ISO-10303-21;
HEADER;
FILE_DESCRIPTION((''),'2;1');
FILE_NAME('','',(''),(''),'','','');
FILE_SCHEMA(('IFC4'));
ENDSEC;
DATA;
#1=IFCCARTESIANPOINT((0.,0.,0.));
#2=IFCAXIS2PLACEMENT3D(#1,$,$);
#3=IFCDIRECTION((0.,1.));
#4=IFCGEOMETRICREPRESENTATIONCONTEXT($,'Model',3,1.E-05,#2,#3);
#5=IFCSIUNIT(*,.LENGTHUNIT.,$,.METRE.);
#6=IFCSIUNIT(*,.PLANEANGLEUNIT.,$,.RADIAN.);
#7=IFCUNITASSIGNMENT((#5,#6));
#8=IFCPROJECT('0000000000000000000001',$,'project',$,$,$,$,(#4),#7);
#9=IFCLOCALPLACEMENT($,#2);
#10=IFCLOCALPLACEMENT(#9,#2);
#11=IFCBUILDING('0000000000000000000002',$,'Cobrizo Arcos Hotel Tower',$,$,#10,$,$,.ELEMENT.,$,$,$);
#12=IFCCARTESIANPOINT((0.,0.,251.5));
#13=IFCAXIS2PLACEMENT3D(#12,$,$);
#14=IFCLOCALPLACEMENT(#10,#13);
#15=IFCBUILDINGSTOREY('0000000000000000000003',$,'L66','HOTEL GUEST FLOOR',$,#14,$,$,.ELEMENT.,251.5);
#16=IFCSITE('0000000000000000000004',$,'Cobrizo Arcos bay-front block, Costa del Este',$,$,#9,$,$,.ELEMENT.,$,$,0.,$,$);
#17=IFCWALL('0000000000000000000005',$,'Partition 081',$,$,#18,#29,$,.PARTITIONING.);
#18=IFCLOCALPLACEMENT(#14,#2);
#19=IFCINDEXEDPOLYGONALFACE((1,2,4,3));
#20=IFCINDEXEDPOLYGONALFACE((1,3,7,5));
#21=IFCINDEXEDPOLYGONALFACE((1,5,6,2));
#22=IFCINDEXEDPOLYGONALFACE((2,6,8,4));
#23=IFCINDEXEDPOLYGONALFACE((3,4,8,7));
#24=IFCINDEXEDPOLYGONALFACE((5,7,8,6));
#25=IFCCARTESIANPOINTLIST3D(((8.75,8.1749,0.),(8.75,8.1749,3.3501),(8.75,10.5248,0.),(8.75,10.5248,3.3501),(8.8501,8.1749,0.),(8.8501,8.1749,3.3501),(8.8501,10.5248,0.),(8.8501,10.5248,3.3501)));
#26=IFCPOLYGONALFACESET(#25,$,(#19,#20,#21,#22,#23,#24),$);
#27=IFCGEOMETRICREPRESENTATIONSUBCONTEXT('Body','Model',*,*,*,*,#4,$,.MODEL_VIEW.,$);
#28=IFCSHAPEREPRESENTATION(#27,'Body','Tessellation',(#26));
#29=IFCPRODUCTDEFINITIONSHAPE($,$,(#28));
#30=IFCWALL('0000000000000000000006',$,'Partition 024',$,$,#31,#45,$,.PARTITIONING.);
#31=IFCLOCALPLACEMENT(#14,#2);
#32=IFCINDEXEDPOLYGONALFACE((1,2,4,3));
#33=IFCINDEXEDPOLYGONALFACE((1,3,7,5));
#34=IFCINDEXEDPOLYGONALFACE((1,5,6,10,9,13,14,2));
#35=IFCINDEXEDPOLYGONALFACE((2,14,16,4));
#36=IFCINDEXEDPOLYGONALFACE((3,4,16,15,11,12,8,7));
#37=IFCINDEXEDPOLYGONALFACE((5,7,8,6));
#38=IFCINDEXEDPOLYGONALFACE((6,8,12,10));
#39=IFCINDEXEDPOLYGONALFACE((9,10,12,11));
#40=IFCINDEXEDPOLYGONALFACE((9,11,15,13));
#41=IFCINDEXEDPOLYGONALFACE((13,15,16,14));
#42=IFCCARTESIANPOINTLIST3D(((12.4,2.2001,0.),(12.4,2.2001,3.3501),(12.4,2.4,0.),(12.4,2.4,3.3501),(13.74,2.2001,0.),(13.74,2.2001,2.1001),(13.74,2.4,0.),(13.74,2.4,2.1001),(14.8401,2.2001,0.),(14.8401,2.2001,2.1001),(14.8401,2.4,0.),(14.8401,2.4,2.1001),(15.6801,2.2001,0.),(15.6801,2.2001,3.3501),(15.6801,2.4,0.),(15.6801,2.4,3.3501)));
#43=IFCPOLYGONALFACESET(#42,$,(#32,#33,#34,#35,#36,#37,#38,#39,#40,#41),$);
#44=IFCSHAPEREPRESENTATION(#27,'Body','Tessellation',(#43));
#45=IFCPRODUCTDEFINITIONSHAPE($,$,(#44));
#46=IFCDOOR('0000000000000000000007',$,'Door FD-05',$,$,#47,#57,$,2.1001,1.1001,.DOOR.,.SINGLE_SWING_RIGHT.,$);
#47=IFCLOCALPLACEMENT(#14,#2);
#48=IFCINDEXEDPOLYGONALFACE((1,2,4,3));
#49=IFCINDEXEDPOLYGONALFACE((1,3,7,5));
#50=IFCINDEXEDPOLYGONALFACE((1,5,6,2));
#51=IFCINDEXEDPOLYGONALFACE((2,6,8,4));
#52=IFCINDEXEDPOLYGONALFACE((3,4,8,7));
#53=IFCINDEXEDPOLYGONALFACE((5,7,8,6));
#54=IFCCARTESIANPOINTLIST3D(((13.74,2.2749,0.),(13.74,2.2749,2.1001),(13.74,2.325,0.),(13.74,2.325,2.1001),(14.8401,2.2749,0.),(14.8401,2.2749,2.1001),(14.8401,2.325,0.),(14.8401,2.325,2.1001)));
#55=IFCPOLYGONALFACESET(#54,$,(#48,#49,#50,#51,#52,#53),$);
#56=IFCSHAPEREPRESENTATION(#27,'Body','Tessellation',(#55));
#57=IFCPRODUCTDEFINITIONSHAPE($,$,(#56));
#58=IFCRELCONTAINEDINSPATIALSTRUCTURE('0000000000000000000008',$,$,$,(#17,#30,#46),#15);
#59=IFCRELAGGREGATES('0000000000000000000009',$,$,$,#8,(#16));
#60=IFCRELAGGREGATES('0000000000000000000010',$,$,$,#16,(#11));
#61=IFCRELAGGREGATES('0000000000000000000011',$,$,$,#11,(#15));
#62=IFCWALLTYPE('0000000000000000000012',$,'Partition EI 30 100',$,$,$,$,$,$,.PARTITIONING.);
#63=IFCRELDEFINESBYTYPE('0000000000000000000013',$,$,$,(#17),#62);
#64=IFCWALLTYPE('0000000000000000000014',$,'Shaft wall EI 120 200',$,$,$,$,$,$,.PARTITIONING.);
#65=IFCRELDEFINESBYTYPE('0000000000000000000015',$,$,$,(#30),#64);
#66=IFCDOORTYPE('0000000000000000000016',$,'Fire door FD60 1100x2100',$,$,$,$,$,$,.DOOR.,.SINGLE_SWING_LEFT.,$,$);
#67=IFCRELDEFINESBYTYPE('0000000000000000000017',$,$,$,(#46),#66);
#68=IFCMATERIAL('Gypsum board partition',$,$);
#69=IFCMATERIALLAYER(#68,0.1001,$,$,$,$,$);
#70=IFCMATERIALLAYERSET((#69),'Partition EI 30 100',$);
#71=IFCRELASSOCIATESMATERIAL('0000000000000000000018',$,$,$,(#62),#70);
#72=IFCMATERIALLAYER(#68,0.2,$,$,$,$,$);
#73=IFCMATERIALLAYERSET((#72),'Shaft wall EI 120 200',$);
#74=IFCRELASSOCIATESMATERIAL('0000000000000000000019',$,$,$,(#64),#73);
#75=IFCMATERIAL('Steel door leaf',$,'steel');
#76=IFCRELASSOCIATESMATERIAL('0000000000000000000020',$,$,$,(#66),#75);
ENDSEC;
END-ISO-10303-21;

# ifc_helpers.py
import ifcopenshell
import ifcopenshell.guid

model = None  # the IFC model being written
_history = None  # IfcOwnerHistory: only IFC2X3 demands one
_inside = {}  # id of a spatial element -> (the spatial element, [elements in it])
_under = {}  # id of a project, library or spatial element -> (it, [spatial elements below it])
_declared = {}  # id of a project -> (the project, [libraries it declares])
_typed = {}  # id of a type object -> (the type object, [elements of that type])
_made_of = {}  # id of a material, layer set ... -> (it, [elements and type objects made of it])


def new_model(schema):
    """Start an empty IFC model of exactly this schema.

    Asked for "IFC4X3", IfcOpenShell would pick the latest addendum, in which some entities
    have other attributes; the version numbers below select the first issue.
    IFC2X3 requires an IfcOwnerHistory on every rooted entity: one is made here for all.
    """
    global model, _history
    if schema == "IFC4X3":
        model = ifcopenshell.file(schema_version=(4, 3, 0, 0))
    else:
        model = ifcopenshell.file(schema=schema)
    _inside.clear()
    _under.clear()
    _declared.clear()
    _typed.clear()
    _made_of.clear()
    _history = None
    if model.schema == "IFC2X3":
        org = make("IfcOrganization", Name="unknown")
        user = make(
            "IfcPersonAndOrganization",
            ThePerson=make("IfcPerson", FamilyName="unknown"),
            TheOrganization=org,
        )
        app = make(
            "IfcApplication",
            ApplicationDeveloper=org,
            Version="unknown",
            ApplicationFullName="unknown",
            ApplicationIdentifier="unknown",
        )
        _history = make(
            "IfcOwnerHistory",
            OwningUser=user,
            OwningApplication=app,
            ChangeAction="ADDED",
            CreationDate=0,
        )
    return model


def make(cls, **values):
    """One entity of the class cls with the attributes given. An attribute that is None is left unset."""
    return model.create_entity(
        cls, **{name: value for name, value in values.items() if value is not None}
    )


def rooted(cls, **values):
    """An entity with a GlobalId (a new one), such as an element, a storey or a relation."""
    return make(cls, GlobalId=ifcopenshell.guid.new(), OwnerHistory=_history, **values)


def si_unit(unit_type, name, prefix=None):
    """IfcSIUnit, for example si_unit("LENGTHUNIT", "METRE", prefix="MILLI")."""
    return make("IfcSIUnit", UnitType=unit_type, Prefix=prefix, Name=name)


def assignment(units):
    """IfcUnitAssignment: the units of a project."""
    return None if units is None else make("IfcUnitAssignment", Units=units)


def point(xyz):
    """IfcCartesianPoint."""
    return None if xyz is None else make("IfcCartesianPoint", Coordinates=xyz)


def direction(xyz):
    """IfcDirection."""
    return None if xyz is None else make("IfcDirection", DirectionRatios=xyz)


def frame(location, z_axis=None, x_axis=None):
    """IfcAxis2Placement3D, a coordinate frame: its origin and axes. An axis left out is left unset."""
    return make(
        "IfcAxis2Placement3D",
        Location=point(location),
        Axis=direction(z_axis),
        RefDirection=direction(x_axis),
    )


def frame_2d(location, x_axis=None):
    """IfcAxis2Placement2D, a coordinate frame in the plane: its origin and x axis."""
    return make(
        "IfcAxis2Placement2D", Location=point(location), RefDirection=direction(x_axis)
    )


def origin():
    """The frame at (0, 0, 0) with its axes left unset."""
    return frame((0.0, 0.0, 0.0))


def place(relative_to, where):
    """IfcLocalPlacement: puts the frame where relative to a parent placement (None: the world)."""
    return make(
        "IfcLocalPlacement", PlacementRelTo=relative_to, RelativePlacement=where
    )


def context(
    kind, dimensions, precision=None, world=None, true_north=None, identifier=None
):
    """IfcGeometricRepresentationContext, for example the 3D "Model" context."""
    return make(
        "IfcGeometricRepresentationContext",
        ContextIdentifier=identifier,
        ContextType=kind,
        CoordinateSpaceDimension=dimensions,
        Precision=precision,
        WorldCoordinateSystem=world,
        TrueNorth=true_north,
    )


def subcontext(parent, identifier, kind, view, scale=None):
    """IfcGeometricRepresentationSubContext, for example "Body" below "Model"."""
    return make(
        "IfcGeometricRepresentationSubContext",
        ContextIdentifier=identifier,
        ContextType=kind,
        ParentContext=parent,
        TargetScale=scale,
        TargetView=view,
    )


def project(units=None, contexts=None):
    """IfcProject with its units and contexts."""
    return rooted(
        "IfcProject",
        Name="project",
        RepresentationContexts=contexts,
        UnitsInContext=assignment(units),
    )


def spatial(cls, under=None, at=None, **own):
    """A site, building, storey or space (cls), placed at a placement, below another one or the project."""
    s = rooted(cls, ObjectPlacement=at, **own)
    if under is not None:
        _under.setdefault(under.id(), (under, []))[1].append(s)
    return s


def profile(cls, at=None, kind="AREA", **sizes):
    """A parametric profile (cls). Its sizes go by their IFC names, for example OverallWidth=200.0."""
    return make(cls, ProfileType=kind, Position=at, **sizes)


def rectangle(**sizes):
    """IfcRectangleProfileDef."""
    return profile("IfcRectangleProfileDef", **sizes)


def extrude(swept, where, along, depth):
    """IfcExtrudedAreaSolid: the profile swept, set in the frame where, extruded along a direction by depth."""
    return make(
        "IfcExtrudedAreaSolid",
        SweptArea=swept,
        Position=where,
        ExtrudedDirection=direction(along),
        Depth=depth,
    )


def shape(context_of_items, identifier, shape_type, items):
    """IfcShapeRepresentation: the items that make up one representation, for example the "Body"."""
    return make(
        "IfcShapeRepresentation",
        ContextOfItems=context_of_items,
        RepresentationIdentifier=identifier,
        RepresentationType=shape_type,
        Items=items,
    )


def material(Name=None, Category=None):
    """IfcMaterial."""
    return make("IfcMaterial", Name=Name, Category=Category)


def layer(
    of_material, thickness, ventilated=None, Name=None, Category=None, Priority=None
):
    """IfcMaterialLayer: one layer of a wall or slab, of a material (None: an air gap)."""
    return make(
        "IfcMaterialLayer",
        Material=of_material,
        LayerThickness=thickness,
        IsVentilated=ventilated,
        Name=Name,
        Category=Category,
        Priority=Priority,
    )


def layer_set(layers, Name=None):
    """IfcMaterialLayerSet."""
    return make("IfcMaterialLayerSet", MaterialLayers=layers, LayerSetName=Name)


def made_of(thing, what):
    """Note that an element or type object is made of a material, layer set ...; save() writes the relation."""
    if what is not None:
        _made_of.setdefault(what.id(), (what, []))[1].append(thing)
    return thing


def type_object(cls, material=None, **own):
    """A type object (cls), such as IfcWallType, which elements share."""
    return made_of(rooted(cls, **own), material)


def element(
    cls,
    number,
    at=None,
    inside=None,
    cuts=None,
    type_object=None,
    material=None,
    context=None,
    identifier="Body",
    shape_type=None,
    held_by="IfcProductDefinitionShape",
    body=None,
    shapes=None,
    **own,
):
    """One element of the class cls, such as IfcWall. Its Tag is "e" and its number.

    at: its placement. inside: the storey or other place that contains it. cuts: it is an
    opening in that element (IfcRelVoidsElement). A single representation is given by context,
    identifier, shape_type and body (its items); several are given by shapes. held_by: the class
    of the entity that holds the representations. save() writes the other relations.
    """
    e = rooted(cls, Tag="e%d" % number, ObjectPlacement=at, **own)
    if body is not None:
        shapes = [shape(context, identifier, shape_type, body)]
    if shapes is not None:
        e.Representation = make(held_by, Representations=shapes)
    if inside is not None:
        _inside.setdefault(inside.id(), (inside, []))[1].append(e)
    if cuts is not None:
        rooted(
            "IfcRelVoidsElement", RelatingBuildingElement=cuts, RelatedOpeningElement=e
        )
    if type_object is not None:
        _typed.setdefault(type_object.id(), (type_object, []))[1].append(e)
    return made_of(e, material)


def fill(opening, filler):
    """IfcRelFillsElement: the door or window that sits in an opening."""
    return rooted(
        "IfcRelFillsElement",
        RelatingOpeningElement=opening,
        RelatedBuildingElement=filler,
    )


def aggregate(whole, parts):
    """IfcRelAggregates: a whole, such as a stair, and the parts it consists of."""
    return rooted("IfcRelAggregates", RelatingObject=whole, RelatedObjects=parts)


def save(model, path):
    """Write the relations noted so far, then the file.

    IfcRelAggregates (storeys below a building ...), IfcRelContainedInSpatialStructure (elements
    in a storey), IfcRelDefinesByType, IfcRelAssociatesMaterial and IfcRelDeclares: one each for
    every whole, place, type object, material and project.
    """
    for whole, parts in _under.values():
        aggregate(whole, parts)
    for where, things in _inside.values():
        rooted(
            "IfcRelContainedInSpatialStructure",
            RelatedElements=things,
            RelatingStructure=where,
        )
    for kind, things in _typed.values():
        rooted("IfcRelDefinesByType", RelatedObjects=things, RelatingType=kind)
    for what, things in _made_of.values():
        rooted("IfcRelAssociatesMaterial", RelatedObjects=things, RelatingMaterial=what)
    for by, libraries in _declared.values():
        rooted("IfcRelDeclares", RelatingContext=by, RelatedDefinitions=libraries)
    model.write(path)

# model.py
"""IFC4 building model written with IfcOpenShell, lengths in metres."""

from ifc_helpers import new_model, si_unit, direction, frame, frame_2d, origin, place, context, subcontext, project, spatial, rectangle, extrude, material, layer, layer_set, type_object, element, fill, save


model = new_model("IFC4")

# Units and contexts
model_context = context("Model", 3, precision=1e-05, world=origin(), true_north=direction((0.0, 1.0)))
body_context = subcontext(model_context, "Body", "Model", "MODEL_VIEW")
ifc_project = project(units=[si_unit("LENGTHUNIT", "METRE"), si_unit("PLANEANGLEUNIT", "RADIAN")], contexts=[model_context])

# Site, building, storey
site_placement = place(None, origin())
site = spatial("IfcSite", under=ifc_project, at=site_placement, Name="Cobrizo Arcos bay-front block, Costa del Este", CompositionType="ELEMENT", RefElevation=0.0)
building_placement = place(site_placement, origin())
building = spatial("IfcBuilding", under=site, at=building_placement, Name="Cobrizo Arcos Hotel Tower", CompositionType="ELEMENT")
storey_placement = place(building_placement, frame((0.0, 0.0, 251.5)))
storey = spatial("IfcBuildingStorey", under=building, at=storey_placement, Name="L66", Description="HOTEL GUEST FLOOR", CompositionType="ELEMENT", Elevation=251.5)

# Shared definitions
ifc_material_1 = material(Name="Gypsum board partition")

# Wall
ifc_layer_1 = layer(ifc_material_1, 0.1001)
ifc_layer_set_1 = layer_set([ifc_layer_1], Name="Partition EI 30 100")
wall_type_1 = type_object("IfcWallType", Name="Partition EI 30 100", PredefinedType="PARTITIONING", material=ifc_layer_set_1)
wall_1_placement = place(storey_placement, frame((8.8, 8.175, 0.0), z_axis=(0.0, 0.0, 1.0), x_axis=(0.0, 1.0, 0.0)))
element("IfcWall", 1, at=wall_1_placement, inside=storey, type_object=wall_type_1, Name="Partition 081", PredefinedType="PARTITIONING", context=body_context, shape_type="SweptSolid", body=[
    extrude(rectangle(XDim=2.3499, YDim=0.1001, at=frame_2d((1.1748, 0.0))), origin(), (0.0, 0.0, 1.0), 3.3501),
])

# Wall, opening, door
ifc_layer_2 = layer(ifc_material_1, 0.2)
ifc_layer_set_2 = layer_set([ifc_layer_2], Name="Shaft wall EI 120 200")
wall_type_2 = type_object("IfcWallType", Name="Shaft wall EI 120 200", PredefinedType="PARTITIONING", material=ifc_layer_set_2)
wall_2_placement = place(storey_placement, frame((12.3999, 2.3, 0.0), z_axis=(0.0, 0.0, 1.0), x_axis=(1.0, 0.0, 0.0)))
wall_2 = element("IfcWall", 2, at=wall_2_placement, inside=storey, type_object=wall_type_2, Name="Partition 024", PredefinedType="PARTITIONING", context=body_context, shape_type="SweptSolid", body=[
    extrude(rectangle(XDim=3.28, YDim=0.2, at=frame_2d((1.6401, 0.0))), origin(), (0.0, 0.0, 1.0), 3.3501),
])
opening_1_placement = place(wall_2_placement, frame((1.3401, 0.0, 0.0)))
opening_1 = element("IfcOpeningElement", 3, at=opening_1_placement, cuts=wall_2, PredefinedType="OPENING", context=body_context, shape_type="SweptSolid", body=[
    extrude(rectangle(XDim=1.1001, YDim=2.1001, at=frame_2d((0.55, 1.05))), frame((0.0, 0.1121, 0.0), z_axis=(0.0, -1.0, 0.0), x_axis=(1.0, 0.0, 0.0)), (0.0, 0.0, 1.0), 0.2239),
])
ifc_material_2 = material(Name="Steel door leaf", Category="steel")
door_type_1 = type_object("IfcDoorType", Name="Fire door FD60 1100x2100", OperationType="SINGLE_SWING_LEFT", PredefinedType="DOOR", material=ifc_material_2)
door_1_placement = place(opening_1_placement, origin())
door_1 = element("IfcDoor", 4, at=door_1_placement, inside=storey, type_object=door_type_1, Name="Door FD-05", OperationType="SINGLE_SWING_RIGHT", OverallHeight=2.1001, OverallWidth=1.1001, PredefinedType="DOOR", context=body_context, shape_type="SweptSolid", body=[
    extrude(rectangle(XDim=1.1001, YDim=2.1001, at=frame_2d((0.55, 1.05))), frame((0.0, 0.0249, 0.0), z_axis=(0.0, -1.0, 0.0), x_axis=(1.0, 0.0, 0.0)), (0.0, 0.0, 1.0), 0.05),
])
fill(opening_1, door_1)

save(model, "model.ifc")
